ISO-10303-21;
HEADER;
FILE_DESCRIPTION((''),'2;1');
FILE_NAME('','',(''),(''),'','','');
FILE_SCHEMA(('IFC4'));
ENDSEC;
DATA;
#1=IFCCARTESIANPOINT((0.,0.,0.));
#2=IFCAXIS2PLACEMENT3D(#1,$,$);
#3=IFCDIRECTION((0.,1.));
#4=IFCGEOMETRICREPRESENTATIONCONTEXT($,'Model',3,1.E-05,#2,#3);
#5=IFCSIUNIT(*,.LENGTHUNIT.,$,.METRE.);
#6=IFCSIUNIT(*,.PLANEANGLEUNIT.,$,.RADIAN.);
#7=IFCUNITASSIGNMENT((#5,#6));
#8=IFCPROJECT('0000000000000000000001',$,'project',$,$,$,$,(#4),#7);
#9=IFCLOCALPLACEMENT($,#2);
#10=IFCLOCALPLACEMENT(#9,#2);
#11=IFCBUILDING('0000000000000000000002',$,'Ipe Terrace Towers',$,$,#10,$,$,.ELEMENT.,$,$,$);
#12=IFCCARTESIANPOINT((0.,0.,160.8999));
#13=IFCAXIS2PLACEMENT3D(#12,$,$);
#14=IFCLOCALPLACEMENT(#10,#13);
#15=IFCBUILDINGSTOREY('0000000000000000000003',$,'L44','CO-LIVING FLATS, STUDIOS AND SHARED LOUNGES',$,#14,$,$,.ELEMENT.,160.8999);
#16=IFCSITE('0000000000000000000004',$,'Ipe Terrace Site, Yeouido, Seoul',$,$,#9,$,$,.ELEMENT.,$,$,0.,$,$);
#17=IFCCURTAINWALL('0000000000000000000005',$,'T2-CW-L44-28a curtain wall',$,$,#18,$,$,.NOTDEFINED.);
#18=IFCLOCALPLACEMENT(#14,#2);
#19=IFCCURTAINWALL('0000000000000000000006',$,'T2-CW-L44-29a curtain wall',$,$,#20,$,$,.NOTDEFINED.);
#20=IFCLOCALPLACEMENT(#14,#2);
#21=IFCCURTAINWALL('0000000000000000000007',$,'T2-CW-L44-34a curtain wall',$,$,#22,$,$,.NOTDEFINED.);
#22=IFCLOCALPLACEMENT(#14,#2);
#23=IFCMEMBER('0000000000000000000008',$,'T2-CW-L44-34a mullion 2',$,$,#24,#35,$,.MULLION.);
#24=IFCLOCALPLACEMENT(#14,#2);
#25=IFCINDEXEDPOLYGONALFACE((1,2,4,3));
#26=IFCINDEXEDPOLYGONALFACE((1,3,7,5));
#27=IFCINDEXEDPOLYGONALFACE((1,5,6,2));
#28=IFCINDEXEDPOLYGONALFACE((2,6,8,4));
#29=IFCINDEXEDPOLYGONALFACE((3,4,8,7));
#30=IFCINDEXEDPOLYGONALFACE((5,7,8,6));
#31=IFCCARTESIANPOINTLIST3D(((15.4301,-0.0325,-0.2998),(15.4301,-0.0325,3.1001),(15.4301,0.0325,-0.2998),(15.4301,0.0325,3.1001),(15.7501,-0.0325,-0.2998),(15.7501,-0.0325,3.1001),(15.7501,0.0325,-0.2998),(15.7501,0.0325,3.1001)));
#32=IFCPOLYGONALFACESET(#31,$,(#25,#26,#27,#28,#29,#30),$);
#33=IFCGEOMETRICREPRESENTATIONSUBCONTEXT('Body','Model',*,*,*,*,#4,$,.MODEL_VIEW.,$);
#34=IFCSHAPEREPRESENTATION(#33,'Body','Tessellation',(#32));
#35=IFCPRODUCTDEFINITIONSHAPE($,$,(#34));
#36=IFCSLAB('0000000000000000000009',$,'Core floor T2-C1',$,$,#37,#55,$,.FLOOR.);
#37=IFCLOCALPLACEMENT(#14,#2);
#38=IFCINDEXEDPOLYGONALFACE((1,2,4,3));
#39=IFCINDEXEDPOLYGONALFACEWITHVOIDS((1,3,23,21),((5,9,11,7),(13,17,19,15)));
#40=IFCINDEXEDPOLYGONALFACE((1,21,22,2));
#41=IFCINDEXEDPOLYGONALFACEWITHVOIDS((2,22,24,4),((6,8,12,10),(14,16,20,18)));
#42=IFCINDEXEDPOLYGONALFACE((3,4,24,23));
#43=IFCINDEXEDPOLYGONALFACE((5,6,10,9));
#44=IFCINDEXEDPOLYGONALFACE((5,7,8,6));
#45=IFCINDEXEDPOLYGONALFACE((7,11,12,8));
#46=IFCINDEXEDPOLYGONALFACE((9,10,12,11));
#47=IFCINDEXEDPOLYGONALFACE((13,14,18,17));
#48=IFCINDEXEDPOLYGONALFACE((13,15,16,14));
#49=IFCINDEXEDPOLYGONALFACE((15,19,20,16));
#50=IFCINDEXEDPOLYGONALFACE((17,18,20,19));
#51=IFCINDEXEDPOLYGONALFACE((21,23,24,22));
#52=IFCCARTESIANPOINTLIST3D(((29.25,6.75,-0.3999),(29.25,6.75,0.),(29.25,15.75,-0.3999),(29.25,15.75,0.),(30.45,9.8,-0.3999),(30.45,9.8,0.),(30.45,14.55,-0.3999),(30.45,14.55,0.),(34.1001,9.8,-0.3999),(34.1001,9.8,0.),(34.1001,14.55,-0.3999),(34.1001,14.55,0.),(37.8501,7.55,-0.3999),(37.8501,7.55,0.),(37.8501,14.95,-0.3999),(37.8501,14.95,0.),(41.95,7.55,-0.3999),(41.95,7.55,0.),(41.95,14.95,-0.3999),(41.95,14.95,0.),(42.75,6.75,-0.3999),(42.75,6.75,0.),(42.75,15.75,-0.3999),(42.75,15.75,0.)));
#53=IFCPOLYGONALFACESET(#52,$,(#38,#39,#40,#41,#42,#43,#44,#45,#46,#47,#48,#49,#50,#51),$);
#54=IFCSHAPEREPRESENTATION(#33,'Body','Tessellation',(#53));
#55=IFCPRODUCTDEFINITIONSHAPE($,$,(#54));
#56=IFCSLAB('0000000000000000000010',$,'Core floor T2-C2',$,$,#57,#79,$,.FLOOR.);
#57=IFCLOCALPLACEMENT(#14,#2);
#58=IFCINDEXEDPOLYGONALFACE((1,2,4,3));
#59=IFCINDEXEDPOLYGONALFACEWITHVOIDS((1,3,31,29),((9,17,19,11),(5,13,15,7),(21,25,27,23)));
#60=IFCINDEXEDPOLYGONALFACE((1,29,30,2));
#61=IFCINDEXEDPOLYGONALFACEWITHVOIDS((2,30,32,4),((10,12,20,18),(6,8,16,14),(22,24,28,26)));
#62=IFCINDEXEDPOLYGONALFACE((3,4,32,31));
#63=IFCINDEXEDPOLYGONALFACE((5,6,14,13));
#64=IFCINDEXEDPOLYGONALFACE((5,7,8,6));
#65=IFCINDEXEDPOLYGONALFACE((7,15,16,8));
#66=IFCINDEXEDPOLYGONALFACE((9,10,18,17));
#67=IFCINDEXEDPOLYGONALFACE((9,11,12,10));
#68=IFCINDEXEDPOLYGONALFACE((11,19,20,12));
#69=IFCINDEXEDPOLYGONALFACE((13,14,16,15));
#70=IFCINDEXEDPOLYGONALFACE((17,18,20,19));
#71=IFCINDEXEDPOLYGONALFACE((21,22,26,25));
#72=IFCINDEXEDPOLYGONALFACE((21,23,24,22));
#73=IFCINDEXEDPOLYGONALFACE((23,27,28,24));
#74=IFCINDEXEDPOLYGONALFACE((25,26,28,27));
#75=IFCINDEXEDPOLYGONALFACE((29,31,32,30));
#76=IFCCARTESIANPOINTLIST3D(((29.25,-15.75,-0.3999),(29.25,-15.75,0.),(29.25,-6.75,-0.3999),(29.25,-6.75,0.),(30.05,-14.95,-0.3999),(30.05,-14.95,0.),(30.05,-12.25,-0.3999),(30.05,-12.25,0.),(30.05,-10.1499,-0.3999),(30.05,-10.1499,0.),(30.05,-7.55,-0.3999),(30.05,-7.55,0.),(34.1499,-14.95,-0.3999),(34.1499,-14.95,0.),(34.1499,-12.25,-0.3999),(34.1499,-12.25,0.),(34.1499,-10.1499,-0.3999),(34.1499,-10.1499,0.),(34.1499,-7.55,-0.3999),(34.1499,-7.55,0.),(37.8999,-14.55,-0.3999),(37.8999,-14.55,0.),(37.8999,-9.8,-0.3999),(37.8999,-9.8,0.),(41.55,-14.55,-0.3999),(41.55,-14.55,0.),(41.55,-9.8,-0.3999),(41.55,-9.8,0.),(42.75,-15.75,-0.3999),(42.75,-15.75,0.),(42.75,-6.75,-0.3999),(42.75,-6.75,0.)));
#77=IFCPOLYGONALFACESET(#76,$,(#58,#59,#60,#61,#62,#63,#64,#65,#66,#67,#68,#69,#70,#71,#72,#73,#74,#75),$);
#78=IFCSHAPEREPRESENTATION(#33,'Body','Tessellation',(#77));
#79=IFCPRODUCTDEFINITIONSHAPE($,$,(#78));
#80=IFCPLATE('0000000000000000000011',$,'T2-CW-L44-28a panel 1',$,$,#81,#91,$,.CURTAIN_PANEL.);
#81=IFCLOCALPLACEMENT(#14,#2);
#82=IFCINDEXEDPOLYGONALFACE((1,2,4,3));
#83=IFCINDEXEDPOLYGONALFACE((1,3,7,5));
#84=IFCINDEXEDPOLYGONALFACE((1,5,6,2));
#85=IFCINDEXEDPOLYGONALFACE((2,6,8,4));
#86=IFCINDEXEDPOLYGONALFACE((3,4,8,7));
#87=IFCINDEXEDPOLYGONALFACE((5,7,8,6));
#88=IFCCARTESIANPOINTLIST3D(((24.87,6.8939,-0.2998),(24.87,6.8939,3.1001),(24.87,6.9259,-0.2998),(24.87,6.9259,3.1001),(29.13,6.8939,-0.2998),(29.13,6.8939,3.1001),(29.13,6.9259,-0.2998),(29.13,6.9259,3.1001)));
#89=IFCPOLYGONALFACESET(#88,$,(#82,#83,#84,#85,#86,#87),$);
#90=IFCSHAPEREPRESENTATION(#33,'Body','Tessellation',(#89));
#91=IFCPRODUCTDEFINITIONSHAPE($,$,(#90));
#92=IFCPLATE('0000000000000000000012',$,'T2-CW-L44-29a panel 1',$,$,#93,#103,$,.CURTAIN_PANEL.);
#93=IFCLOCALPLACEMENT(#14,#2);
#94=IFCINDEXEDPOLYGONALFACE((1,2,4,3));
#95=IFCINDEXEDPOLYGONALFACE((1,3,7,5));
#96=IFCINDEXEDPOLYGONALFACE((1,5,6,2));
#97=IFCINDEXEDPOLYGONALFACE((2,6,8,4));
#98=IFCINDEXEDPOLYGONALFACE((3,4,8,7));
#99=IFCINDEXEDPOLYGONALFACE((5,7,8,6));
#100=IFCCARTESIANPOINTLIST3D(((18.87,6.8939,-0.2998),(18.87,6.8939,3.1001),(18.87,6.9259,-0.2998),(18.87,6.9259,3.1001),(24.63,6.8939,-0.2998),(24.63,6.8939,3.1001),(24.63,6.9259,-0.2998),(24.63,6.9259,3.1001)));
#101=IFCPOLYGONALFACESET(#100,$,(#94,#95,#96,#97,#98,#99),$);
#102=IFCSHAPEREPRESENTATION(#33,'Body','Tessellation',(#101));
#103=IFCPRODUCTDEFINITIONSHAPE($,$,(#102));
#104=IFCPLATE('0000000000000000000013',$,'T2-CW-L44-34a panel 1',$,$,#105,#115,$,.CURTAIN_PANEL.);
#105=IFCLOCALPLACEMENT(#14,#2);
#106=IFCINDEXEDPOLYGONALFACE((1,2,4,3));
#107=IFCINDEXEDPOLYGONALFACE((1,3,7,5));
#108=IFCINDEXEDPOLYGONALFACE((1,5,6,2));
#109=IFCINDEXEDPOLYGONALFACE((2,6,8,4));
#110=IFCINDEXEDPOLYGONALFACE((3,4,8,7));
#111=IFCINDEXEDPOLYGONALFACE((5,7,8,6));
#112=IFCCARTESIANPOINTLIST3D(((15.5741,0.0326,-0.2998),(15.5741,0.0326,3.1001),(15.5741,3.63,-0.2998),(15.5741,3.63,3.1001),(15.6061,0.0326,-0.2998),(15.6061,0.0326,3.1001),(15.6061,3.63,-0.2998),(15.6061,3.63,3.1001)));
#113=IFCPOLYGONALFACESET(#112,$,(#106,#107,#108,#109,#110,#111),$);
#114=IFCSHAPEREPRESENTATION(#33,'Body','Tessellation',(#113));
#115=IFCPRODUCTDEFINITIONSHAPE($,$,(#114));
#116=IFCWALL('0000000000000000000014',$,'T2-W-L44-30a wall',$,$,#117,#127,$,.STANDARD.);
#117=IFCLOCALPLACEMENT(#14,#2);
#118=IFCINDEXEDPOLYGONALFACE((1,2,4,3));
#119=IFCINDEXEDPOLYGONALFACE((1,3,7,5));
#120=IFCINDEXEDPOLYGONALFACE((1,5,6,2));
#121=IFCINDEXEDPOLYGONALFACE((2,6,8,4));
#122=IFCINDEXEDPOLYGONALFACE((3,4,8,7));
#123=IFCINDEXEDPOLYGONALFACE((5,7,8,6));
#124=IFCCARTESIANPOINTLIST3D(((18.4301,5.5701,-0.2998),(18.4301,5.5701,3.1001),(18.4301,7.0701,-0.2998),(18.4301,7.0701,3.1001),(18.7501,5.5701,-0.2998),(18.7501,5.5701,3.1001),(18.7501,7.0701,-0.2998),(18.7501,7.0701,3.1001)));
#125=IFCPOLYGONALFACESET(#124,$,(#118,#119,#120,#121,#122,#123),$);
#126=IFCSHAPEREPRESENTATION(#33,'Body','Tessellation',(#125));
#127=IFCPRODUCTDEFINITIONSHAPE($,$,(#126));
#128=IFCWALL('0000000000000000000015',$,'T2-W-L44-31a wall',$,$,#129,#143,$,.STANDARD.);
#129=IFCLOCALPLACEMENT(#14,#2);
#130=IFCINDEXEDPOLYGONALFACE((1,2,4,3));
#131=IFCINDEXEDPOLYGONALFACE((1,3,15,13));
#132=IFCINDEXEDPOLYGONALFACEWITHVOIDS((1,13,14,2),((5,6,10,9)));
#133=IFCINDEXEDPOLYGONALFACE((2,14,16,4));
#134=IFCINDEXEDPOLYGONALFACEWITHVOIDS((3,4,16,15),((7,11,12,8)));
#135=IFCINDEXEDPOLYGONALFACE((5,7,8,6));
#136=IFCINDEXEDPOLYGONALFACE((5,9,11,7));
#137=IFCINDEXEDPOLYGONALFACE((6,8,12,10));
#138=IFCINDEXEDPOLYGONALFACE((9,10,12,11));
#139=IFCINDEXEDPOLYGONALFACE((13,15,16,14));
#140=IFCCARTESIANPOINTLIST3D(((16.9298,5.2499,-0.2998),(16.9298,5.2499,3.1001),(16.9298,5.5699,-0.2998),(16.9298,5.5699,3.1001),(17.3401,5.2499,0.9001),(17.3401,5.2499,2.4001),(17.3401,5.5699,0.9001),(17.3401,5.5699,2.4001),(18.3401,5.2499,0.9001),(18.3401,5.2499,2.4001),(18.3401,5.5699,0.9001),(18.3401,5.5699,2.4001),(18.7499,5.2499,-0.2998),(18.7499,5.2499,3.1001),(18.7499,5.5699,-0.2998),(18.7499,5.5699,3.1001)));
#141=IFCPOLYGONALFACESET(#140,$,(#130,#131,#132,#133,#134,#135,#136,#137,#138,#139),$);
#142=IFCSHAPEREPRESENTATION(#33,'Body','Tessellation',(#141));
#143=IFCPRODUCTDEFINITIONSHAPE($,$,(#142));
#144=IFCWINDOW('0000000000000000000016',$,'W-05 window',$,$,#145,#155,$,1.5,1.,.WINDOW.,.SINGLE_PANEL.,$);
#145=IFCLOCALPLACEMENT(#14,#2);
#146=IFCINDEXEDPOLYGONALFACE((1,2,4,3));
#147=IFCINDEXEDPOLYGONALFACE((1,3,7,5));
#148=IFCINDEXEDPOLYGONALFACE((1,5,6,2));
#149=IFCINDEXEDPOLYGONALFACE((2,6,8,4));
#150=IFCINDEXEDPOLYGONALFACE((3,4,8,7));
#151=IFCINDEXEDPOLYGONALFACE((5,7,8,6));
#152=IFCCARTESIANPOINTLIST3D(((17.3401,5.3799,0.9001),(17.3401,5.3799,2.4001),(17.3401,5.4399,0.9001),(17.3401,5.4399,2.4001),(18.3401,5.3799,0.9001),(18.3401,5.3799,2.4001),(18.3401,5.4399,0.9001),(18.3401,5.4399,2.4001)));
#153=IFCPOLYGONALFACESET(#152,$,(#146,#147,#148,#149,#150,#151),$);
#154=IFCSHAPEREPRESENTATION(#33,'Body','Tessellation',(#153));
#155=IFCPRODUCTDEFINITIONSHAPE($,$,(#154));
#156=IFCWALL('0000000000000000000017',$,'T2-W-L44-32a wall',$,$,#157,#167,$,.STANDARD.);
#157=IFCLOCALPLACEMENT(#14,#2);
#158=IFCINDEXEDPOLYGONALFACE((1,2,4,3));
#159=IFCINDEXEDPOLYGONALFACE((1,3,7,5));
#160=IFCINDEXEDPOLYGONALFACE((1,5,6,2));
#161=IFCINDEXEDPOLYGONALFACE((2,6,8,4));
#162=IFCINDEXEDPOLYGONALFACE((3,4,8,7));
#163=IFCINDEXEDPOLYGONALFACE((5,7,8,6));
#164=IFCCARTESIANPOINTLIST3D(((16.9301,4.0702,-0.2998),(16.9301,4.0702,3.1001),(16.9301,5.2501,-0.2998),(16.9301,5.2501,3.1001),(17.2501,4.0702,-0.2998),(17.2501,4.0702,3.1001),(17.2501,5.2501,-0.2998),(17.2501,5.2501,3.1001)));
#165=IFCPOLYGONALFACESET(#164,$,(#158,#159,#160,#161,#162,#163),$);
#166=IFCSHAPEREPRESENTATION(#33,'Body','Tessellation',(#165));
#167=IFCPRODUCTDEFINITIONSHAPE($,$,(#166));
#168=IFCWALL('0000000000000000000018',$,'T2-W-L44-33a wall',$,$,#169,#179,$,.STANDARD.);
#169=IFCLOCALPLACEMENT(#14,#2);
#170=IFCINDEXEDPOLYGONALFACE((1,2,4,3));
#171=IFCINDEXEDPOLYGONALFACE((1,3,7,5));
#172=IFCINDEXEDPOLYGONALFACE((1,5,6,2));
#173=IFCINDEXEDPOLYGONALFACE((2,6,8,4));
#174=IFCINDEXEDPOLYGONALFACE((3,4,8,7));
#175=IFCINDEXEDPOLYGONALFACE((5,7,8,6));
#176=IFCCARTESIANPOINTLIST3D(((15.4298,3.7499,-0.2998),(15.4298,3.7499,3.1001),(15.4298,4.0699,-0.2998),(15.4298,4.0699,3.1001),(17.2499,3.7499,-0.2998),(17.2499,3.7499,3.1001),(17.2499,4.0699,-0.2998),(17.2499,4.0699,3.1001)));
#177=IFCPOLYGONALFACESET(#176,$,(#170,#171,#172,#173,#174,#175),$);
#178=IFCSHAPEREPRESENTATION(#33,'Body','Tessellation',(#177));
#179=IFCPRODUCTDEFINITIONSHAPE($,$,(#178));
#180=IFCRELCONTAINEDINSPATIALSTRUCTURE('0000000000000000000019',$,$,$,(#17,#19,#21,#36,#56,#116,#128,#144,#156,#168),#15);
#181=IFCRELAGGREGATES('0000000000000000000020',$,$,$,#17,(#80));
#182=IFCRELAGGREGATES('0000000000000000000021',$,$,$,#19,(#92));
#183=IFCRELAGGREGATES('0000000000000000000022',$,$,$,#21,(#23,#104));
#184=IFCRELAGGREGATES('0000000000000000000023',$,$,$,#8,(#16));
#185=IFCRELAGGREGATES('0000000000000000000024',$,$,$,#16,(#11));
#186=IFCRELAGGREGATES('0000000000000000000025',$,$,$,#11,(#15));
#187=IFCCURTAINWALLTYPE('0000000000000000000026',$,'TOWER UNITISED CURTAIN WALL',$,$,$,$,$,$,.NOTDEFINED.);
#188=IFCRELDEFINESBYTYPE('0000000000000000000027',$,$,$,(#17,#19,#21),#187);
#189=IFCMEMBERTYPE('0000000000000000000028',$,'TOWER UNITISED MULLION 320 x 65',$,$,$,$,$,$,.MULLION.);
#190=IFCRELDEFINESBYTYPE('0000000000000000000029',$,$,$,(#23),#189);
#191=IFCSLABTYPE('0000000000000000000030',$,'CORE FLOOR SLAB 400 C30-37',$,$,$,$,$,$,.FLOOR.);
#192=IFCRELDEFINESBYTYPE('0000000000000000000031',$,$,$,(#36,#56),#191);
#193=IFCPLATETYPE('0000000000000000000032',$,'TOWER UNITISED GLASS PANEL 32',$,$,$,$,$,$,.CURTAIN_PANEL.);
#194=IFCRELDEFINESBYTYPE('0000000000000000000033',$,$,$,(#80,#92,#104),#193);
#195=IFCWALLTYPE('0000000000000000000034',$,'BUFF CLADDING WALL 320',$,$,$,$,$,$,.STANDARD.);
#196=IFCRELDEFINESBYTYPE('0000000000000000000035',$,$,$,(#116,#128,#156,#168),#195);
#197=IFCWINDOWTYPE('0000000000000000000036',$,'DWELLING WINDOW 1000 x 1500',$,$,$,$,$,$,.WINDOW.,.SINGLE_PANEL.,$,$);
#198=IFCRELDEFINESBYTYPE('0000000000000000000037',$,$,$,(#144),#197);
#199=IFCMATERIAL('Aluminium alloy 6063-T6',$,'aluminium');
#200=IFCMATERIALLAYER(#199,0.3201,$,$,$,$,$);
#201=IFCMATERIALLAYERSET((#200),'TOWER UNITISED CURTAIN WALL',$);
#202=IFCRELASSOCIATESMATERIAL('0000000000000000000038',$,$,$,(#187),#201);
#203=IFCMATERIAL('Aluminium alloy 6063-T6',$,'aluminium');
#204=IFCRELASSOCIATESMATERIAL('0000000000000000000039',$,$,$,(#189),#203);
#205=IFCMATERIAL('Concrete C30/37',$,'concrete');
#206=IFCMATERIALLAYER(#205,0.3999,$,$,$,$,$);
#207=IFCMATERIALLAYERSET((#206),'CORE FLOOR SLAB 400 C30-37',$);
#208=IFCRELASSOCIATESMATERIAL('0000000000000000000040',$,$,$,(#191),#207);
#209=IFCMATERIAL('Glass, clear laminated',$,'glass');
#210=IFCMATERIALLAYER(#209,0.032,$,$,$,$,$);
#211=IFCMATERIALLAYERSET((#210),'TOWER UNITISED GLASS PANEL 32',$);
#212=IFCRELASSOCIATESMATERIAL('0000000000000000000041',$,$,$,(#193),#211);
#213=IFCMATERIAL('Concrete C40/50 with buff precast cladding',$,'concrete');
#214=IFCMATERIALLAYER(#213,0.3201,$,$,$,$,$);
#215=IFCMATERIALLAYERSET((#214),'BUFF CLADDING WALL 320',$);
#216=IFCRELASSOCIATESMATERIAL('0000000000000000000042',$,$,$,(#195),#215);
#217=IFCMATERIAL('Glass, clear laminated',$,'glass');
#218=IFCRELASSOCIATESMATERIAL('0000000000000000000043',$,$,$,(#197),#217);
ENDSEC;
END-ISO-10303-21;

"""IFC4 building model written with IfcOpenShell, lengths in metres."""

from ifc_helpers import new_model, si_unit, direction, frame, frame_2d, origin, origin_2d, place, context, subcontext, project, spatial, polyline, rectangle, outline, extrude, material, layer, layer_set, material_profile, profile_set, type_object, element, fill, aggregate, save


model = new_model("IFC4")

# Units and contexts
model_context = context("Model", 3, precision=1e-05, world=origin(), true_north=direction((0.0, 1.0)))
body_context = subcontext(model_context, "Body", "Model", "MODEL_VIEW")
ifc_project = project(units=[si_unit("LENGTHUNIT", "METRE"), si_unit("PLANEANGLEUNIT", "RADIAN")], contexts=[model_context])

# Site, building, storey
site_placement = place(None, origin())
site = spatial("IfcSite", under=ifc_project, at=site_placement, Name="Ipe Terrace Site, Yeouido, Seoul", CompositionType="ELEMENT", RefElevation=0.0)
building_placement = place(site_placement, origin())
building = spatial("IfcBuilding", under=site, at=building_placement, Name="Ipe Terrace Towers", CompositionType="ELEMENT")
storey_placement = place(building_placement, frame((0.0, 0.0, 160.8999)))
storey = spatial("IfcBuildingStorey", under=building, at=storey_placement, Name="L44", Description="CO-LIVING FLATS, STUDIOS AND SHARED LOUNGES", CompositionType="ELEMENT", Elevation=160.8999)

# Curtain wall
ifc_material_1 = material(Name="Aluminium alloy 6063-T6", Category="aluminium")
ifc_layer_1 = layer(ifc_material_1, 0.3201)
ifc_layer_set_1 = layer_set([ifc_layer_1], Name="TOWER UNITISED CURTAIN WALL")
curtain_wall_type = type_object("IfcCurtainWallType", Name="TOWER UNITISED CURTAIN WALL", PredefinedType="NOTDEFINED", material=ifc_layer_set_1)
curtain_wall_1_placement = place(storey_placement, origin())
curtain_wall_1 = element("IfcCurtainWall", 1, at=curtain_wall_1_placement, inside=storey, type_object=curtain_wall_type, Name="T2-CW-L44-28a curtain wall", PredefinedType="NOTDEFINED")

# Curtain walls, member
curtain_wall_2_placement = place(storey_placement, origin())
curtain_wall_2 = element("IfcCurtainWall", 2, at=curtain_wall_2_placement, inside=storey, type_object=curtain_wall_type, Name="T2-CW-L44-29a curtain wall", PredefinedType="NOTDEFINED")
curtain_wall_3_placement = place(storey_placement, origin())
curtain_wall_3 = element("IfcCurtainWall", 3, at=curtain_wall_3_placement, inside=storey, type_object=curtain_wall_type, Name="T2-CW-L44-34a curtain wall", PredefinedType="NOTDEFINED")
ifc_material_2 = material(Name="Aluminium alloy 6063-T6", Category="aluminium")
ifc_material_profile_1 = material_profile(ifc_material_2, rectangle(XDim=0.3201, YDim=0.0649, at=origin_2d()), Name="TOWER UNITISED MULLION 320 x 65")
ifc_profile_set_1 = profile_set([ifc_material_profile_1], Name="Aluminium alloy 6063-T6")
member_type_1 = type_object("IfcMemberType", Name="TOWER UNITISED MULLION 320 x 65", PredefinedType="MULLION", material=ifc_profile_set_1)
member_1_placement = place(storey_placement, frame((15.5901, 0.0, -0.2998), z_axis=(0.0, 0.0, 1.0), x_axis=(-1.0, 0.0, 0.0)))
member_1 = element("IfcMember", 4, at=member_1_placement, type_object=member_type_1, Name="T2-CW-L44-34a mullion 2", PredefinedType="MULLION", context=body_context, shape_type="SweptSolid", body=[
    extrude(rectangle(XDim=0.3201, YDim=0.0649, at=origin_2d()), origin(), (0.0, 0.0, 1.0), 3.3999),
])

# Slabs
ifc_material_3 = material(Name="Concrete C30/37", Category="concrete")
ifc_layer_2 = layer(ifc_material_3, 0.3999)
ifc_layer_set_2 = layer_set([ifc_layer_2], Name="CORE FLOOR SLAB 400 C30-37")
slab_type = type_object("IfcSlabType", Name="CORE FLOOR SLAB 400 C30-37", PredefinedType="FLOOR", material=ifc_layer_set_2)
slab_1_placement = place(storey_placement, frame((0.0, 0.0, -0.3999)))
element("IfcSlab", 5, at=slab_1_placement, inside=storey, type_object=slab_type, Name="Core floor T2-C1", PredefinedType="FLOOR", context=body_context, shape_type="SweptSolid", body=[
    extrude(outline(polyline([(29.25, 6.75), (29.25, 15.75), (42.75, 15.75), (42.75, 6.75), (29.25, 6.75)]), holes=[polyline([(41.95, 7.55), (41.95, 14.95), (37.8501, 14.95), (37.8501, 7.55), (41.95, 7.55)]), polyline([(30.45, 9.8), (34.1001, 9.8), (34.1001, 14.55), (30.45, 14.55), (30.45, 9.8)])]), origin(), (0.0, 0.0, 1.0), 0.3999),
])
slab_2_placement = place(storey_placement, frame((0.0, 0.0, -0.3999)))
element("IfcSlab", 6, at=slab_2_placement, inside=storey, type_object=slab_type, Name="Core floor T2-C2", PredefinedType="FLOOR", context=body_context, shape_type="SweptSolid", body=[
    extrude(outline(polyline([(29.25, -15.75), (29.25, -6.75), (42.75, -6.75), (42.75, -15.75), (29.25, -15.75)]), holes=[polyline([(30.05, -12.25), (30.05, -14.95), (34.1499, -14.95), (34.1499, -12.25), (30.05, -12.25)]), polyline([(41.55, -9.8), (37.8999, -9.8), (37.8999, -14.55), (41.55, -14.55), (41.55, -9.8)]), polyline([(34.1499, -7.55), (30.05, -7.55), (30.05, -10.1499), (34.1499, -10.1499), (34.1499, -7.55)])]), origin(), (0.0, 0.0, 1.0), 0.3999),
])

# Plates
ifc_material_4 = material(Name="Glass, clear laminated", Category="glass")
ifc_layer_3 = layer(ifc_material_4, 0.032)
ifc_layer_set_3 = layer_set([ifc_layer_3], Name="TOWER UNITISED GLASS PANEL 32")
plate_type = type_object("IfcPlateType", Name="TOWER UNITISED GLASS PANEL 32", PredefinedType="CURTAIN_PANEL", material=ifc_layer_set_3)
plate_1_placement = place(storey_placement, frame((27.0, 6.9099, -0.2998), z_axis=(0.0, 0.0, 1.0), x_axis=(-1.0, 0.0, 0.0)))
plate_1 = element("IfcPlate", 7, at=plate_1_placement, type_object=plate_type, Name="T2-CW-L44-28a panel 1", PredefinedType="CURTAIN_PANEL", context=body_context, shape_type="SweptSolid", body=[
    extrude(rectangle(XDim=4.26, YDim=0.032, at=origin_2d()), origin(), (0.0, 0.0, 1.0), 3.3999),
])
aggregate(curtain_wall_1, [plate_1])
plate_2_placement = place(storey_placement, frame((21.75, 6.9099, -0.2998), z_axis=(0.0, 0.0, 1.0), x_axis=(-1.0, 0.0, 0.0)))
plate_2 = element("IfcPlate", 8, at=plate_2_placement, type_object=plate_type, Name="T2-CW-L44-29a panel 1", PredefinedType="CURTAIN_PANEL", context=body_context, shape_type="SweptSolid", body=[
    extrude(rectangle(XDim=5.76, YDim=0.032, at=origin_2d()), origin(), (0.0, 0.0, 1.0), 3.3999),
])
aggregate(curtain_wall_2, [plate_2])
plate_3_placement = place(storey_placement, frame((15.5901, 1.8313, -0.2998), z_axis=(0.0, 0.0, 1.0), x_axis=(0.0, -1.0, 0.0)))
plate_3 = element("IfcPlate", 9, at=plate_3_placement, type_object=plate_type, Name="T2-CW-L44-34a panel 1", PredefinedType="CURTAIN_PANEL", context=body_context, shape_type="SweptSolid", body=[
    extrude(rectangle(XDim=3.5974, YDim=0.032, at=origin_2d()), origin(), (0.0, 0.0, 1.0), 3.3999),
])
aggregate(curtain_wall_3, [member_1, plate_3])

# Wall
ifc_material_5 = material(Name="Concrete C40/50 with buff precast cladding", Category="concrete")
ifc_layer_4 = layer(ifc_material_5, 0.3201)
ifc_layer_set_4 = layer_set([ifc_layer_4], Name="BUFF CLADDING WALL 320")
wall_type_1 = type_object("IfcWallType", Name="BUFF CLADDING WALL 320", PredefinedType="STANDARD", material=ifc_layer_set_4)
wall_1_placement = place(storey_placement, frame((18.5901, 7.0701, -0.2998), z_axis=(0.0, 0.0, 1.0), x_axis=(0.0, -1.0, 0.0)))
element("IfcWall", 10, at=wall_1_placement, inside=storey, type_object=wall_type_1, Name="T2-W-L44-30a wall", PredefinedType="STANDARD", context=body_context, shape_type="SweptSolid", body=[
    extrude(rectangle(XDim=1.5, YDim=0.3201, at=frame_2d((0.75, 0.0))), origin(), (0.0, 0.0, 1.0), 3.3999),
])

# Wall, opening, window
wall_2_placement = place(storey_placement, frame((18.75, 5.4099, -0.2998), z_axis=(0.0, 0.0, 1.0), x_axis=(-1.0, 0.0, 0.0)))
wall_2 = element("IfcWall", 11, at=wall_2_placement, inside=storey, type_object=wall_type_1, Name="T2-W-L44-31a wall", PredefinedType="STANDARD", context=body_context, shape_type="SweptSolid", body=[
    extrude(rectangle(XDim=1.8201, YDim=0.3201, at=frame_2d((0.9102, 0.0))), origin(), (0.0, 0.0, 1.0), 3.3999),
])
opening_1_placement = place(wall_2_placement, frame((0.4099, 0.0, 1.2)))
opening_1 = element("IfcOpeningElement", 12, at=opening_1_placement, cuts=wall_2, PredefinedType="OPENING", context=body_context, shape_type="SweptSolid", body=[
    extrude(rectangle(XDim=1.0, YDim=1.5, at=frame_2d((0.5, 0.75))), frame((0.0, 0.1699, 0.0), z_axis=(0.0, -1.0, 0.0), x_axis=(1.0, 0.0, 0.0)), (0.0, 0.0, 1.0), 0.3401),
])
ifc_material_6 = material(Name="Glass, clear laminated", Category="glass")
window_type = type_object("IfcWindowType", Name="DWELLING WINDOW 1000 x 1500", PartitioningType="SINGLE_PANEL", PredefinedType="WINDOW", material=ifc_material_6)
window_placement = place(opening_1_placement, origin())
window = element("IfcWindow", 13, at=window_placement, inside=storey, type_object=window_type, Name="W-05 window", OverallHeight=1.5, OverallWidth=1.0, PartitioningType="SINGLE_PANEL", PredefinedType="WINDOW", context=body_context, shape_type="SweptSolid", body=[
    extrude(rectangle(XDim=1.0, YDim=1.5, at=frame_2d((0.5, 0.75))), frame((0.0, 0.03, 0.0), z_axis=(0.0, -1.0, 0.0), x_axis=(1.0, 0.0, 0.0)), (0.0, 0.0, 1.0), 0.0601),
])
fill(opening_1, window)

# Walls
wall_3_placement = place(storey_placement, frame((17.0901, 5.25, -0.2998), z_axis=(0.0, 0.0, 1.0), x_axis=(0.0, -1.0, 0.0)))
element("IfcWall", 14, at=wall_3_placement, inside=storey, type_object=wall_type_1, Name="T2-W-L44-32a wall", PredefinedType="STANDARD", context=body_context, shape_type="SweptSolid", body=[
    extrude(rectangle(XDim=1.1799, YDim=0.3201, at=frame_2d((0.5898, 0.0))), origin(), (0.0, 0.0, 1.0), 3.3999),
])
wall_4_placement = place(storey_placement, frame((17.25, 3.9099, -0.2998), z_axis=(0.0, 0.0, 1.0), x_axis=(-1.0, 0.0, 0.0)))
element("IfcWall", 15, at=wall_4_placement, inside=storey, type_object=wall_type_1, Name="T2-W-L44-33a wall", PredefinedType="STANDARD", context=body_context, shape_type="SweptSolid", body=[
    extrude(rectangle(XDim=1.8201, YDim=0.3201, at=frame_2d((0.9102, 0.0))), origin(), (0.0, 0.0, 1.0), 3.3999),
])

save(model, "model.ifc")
